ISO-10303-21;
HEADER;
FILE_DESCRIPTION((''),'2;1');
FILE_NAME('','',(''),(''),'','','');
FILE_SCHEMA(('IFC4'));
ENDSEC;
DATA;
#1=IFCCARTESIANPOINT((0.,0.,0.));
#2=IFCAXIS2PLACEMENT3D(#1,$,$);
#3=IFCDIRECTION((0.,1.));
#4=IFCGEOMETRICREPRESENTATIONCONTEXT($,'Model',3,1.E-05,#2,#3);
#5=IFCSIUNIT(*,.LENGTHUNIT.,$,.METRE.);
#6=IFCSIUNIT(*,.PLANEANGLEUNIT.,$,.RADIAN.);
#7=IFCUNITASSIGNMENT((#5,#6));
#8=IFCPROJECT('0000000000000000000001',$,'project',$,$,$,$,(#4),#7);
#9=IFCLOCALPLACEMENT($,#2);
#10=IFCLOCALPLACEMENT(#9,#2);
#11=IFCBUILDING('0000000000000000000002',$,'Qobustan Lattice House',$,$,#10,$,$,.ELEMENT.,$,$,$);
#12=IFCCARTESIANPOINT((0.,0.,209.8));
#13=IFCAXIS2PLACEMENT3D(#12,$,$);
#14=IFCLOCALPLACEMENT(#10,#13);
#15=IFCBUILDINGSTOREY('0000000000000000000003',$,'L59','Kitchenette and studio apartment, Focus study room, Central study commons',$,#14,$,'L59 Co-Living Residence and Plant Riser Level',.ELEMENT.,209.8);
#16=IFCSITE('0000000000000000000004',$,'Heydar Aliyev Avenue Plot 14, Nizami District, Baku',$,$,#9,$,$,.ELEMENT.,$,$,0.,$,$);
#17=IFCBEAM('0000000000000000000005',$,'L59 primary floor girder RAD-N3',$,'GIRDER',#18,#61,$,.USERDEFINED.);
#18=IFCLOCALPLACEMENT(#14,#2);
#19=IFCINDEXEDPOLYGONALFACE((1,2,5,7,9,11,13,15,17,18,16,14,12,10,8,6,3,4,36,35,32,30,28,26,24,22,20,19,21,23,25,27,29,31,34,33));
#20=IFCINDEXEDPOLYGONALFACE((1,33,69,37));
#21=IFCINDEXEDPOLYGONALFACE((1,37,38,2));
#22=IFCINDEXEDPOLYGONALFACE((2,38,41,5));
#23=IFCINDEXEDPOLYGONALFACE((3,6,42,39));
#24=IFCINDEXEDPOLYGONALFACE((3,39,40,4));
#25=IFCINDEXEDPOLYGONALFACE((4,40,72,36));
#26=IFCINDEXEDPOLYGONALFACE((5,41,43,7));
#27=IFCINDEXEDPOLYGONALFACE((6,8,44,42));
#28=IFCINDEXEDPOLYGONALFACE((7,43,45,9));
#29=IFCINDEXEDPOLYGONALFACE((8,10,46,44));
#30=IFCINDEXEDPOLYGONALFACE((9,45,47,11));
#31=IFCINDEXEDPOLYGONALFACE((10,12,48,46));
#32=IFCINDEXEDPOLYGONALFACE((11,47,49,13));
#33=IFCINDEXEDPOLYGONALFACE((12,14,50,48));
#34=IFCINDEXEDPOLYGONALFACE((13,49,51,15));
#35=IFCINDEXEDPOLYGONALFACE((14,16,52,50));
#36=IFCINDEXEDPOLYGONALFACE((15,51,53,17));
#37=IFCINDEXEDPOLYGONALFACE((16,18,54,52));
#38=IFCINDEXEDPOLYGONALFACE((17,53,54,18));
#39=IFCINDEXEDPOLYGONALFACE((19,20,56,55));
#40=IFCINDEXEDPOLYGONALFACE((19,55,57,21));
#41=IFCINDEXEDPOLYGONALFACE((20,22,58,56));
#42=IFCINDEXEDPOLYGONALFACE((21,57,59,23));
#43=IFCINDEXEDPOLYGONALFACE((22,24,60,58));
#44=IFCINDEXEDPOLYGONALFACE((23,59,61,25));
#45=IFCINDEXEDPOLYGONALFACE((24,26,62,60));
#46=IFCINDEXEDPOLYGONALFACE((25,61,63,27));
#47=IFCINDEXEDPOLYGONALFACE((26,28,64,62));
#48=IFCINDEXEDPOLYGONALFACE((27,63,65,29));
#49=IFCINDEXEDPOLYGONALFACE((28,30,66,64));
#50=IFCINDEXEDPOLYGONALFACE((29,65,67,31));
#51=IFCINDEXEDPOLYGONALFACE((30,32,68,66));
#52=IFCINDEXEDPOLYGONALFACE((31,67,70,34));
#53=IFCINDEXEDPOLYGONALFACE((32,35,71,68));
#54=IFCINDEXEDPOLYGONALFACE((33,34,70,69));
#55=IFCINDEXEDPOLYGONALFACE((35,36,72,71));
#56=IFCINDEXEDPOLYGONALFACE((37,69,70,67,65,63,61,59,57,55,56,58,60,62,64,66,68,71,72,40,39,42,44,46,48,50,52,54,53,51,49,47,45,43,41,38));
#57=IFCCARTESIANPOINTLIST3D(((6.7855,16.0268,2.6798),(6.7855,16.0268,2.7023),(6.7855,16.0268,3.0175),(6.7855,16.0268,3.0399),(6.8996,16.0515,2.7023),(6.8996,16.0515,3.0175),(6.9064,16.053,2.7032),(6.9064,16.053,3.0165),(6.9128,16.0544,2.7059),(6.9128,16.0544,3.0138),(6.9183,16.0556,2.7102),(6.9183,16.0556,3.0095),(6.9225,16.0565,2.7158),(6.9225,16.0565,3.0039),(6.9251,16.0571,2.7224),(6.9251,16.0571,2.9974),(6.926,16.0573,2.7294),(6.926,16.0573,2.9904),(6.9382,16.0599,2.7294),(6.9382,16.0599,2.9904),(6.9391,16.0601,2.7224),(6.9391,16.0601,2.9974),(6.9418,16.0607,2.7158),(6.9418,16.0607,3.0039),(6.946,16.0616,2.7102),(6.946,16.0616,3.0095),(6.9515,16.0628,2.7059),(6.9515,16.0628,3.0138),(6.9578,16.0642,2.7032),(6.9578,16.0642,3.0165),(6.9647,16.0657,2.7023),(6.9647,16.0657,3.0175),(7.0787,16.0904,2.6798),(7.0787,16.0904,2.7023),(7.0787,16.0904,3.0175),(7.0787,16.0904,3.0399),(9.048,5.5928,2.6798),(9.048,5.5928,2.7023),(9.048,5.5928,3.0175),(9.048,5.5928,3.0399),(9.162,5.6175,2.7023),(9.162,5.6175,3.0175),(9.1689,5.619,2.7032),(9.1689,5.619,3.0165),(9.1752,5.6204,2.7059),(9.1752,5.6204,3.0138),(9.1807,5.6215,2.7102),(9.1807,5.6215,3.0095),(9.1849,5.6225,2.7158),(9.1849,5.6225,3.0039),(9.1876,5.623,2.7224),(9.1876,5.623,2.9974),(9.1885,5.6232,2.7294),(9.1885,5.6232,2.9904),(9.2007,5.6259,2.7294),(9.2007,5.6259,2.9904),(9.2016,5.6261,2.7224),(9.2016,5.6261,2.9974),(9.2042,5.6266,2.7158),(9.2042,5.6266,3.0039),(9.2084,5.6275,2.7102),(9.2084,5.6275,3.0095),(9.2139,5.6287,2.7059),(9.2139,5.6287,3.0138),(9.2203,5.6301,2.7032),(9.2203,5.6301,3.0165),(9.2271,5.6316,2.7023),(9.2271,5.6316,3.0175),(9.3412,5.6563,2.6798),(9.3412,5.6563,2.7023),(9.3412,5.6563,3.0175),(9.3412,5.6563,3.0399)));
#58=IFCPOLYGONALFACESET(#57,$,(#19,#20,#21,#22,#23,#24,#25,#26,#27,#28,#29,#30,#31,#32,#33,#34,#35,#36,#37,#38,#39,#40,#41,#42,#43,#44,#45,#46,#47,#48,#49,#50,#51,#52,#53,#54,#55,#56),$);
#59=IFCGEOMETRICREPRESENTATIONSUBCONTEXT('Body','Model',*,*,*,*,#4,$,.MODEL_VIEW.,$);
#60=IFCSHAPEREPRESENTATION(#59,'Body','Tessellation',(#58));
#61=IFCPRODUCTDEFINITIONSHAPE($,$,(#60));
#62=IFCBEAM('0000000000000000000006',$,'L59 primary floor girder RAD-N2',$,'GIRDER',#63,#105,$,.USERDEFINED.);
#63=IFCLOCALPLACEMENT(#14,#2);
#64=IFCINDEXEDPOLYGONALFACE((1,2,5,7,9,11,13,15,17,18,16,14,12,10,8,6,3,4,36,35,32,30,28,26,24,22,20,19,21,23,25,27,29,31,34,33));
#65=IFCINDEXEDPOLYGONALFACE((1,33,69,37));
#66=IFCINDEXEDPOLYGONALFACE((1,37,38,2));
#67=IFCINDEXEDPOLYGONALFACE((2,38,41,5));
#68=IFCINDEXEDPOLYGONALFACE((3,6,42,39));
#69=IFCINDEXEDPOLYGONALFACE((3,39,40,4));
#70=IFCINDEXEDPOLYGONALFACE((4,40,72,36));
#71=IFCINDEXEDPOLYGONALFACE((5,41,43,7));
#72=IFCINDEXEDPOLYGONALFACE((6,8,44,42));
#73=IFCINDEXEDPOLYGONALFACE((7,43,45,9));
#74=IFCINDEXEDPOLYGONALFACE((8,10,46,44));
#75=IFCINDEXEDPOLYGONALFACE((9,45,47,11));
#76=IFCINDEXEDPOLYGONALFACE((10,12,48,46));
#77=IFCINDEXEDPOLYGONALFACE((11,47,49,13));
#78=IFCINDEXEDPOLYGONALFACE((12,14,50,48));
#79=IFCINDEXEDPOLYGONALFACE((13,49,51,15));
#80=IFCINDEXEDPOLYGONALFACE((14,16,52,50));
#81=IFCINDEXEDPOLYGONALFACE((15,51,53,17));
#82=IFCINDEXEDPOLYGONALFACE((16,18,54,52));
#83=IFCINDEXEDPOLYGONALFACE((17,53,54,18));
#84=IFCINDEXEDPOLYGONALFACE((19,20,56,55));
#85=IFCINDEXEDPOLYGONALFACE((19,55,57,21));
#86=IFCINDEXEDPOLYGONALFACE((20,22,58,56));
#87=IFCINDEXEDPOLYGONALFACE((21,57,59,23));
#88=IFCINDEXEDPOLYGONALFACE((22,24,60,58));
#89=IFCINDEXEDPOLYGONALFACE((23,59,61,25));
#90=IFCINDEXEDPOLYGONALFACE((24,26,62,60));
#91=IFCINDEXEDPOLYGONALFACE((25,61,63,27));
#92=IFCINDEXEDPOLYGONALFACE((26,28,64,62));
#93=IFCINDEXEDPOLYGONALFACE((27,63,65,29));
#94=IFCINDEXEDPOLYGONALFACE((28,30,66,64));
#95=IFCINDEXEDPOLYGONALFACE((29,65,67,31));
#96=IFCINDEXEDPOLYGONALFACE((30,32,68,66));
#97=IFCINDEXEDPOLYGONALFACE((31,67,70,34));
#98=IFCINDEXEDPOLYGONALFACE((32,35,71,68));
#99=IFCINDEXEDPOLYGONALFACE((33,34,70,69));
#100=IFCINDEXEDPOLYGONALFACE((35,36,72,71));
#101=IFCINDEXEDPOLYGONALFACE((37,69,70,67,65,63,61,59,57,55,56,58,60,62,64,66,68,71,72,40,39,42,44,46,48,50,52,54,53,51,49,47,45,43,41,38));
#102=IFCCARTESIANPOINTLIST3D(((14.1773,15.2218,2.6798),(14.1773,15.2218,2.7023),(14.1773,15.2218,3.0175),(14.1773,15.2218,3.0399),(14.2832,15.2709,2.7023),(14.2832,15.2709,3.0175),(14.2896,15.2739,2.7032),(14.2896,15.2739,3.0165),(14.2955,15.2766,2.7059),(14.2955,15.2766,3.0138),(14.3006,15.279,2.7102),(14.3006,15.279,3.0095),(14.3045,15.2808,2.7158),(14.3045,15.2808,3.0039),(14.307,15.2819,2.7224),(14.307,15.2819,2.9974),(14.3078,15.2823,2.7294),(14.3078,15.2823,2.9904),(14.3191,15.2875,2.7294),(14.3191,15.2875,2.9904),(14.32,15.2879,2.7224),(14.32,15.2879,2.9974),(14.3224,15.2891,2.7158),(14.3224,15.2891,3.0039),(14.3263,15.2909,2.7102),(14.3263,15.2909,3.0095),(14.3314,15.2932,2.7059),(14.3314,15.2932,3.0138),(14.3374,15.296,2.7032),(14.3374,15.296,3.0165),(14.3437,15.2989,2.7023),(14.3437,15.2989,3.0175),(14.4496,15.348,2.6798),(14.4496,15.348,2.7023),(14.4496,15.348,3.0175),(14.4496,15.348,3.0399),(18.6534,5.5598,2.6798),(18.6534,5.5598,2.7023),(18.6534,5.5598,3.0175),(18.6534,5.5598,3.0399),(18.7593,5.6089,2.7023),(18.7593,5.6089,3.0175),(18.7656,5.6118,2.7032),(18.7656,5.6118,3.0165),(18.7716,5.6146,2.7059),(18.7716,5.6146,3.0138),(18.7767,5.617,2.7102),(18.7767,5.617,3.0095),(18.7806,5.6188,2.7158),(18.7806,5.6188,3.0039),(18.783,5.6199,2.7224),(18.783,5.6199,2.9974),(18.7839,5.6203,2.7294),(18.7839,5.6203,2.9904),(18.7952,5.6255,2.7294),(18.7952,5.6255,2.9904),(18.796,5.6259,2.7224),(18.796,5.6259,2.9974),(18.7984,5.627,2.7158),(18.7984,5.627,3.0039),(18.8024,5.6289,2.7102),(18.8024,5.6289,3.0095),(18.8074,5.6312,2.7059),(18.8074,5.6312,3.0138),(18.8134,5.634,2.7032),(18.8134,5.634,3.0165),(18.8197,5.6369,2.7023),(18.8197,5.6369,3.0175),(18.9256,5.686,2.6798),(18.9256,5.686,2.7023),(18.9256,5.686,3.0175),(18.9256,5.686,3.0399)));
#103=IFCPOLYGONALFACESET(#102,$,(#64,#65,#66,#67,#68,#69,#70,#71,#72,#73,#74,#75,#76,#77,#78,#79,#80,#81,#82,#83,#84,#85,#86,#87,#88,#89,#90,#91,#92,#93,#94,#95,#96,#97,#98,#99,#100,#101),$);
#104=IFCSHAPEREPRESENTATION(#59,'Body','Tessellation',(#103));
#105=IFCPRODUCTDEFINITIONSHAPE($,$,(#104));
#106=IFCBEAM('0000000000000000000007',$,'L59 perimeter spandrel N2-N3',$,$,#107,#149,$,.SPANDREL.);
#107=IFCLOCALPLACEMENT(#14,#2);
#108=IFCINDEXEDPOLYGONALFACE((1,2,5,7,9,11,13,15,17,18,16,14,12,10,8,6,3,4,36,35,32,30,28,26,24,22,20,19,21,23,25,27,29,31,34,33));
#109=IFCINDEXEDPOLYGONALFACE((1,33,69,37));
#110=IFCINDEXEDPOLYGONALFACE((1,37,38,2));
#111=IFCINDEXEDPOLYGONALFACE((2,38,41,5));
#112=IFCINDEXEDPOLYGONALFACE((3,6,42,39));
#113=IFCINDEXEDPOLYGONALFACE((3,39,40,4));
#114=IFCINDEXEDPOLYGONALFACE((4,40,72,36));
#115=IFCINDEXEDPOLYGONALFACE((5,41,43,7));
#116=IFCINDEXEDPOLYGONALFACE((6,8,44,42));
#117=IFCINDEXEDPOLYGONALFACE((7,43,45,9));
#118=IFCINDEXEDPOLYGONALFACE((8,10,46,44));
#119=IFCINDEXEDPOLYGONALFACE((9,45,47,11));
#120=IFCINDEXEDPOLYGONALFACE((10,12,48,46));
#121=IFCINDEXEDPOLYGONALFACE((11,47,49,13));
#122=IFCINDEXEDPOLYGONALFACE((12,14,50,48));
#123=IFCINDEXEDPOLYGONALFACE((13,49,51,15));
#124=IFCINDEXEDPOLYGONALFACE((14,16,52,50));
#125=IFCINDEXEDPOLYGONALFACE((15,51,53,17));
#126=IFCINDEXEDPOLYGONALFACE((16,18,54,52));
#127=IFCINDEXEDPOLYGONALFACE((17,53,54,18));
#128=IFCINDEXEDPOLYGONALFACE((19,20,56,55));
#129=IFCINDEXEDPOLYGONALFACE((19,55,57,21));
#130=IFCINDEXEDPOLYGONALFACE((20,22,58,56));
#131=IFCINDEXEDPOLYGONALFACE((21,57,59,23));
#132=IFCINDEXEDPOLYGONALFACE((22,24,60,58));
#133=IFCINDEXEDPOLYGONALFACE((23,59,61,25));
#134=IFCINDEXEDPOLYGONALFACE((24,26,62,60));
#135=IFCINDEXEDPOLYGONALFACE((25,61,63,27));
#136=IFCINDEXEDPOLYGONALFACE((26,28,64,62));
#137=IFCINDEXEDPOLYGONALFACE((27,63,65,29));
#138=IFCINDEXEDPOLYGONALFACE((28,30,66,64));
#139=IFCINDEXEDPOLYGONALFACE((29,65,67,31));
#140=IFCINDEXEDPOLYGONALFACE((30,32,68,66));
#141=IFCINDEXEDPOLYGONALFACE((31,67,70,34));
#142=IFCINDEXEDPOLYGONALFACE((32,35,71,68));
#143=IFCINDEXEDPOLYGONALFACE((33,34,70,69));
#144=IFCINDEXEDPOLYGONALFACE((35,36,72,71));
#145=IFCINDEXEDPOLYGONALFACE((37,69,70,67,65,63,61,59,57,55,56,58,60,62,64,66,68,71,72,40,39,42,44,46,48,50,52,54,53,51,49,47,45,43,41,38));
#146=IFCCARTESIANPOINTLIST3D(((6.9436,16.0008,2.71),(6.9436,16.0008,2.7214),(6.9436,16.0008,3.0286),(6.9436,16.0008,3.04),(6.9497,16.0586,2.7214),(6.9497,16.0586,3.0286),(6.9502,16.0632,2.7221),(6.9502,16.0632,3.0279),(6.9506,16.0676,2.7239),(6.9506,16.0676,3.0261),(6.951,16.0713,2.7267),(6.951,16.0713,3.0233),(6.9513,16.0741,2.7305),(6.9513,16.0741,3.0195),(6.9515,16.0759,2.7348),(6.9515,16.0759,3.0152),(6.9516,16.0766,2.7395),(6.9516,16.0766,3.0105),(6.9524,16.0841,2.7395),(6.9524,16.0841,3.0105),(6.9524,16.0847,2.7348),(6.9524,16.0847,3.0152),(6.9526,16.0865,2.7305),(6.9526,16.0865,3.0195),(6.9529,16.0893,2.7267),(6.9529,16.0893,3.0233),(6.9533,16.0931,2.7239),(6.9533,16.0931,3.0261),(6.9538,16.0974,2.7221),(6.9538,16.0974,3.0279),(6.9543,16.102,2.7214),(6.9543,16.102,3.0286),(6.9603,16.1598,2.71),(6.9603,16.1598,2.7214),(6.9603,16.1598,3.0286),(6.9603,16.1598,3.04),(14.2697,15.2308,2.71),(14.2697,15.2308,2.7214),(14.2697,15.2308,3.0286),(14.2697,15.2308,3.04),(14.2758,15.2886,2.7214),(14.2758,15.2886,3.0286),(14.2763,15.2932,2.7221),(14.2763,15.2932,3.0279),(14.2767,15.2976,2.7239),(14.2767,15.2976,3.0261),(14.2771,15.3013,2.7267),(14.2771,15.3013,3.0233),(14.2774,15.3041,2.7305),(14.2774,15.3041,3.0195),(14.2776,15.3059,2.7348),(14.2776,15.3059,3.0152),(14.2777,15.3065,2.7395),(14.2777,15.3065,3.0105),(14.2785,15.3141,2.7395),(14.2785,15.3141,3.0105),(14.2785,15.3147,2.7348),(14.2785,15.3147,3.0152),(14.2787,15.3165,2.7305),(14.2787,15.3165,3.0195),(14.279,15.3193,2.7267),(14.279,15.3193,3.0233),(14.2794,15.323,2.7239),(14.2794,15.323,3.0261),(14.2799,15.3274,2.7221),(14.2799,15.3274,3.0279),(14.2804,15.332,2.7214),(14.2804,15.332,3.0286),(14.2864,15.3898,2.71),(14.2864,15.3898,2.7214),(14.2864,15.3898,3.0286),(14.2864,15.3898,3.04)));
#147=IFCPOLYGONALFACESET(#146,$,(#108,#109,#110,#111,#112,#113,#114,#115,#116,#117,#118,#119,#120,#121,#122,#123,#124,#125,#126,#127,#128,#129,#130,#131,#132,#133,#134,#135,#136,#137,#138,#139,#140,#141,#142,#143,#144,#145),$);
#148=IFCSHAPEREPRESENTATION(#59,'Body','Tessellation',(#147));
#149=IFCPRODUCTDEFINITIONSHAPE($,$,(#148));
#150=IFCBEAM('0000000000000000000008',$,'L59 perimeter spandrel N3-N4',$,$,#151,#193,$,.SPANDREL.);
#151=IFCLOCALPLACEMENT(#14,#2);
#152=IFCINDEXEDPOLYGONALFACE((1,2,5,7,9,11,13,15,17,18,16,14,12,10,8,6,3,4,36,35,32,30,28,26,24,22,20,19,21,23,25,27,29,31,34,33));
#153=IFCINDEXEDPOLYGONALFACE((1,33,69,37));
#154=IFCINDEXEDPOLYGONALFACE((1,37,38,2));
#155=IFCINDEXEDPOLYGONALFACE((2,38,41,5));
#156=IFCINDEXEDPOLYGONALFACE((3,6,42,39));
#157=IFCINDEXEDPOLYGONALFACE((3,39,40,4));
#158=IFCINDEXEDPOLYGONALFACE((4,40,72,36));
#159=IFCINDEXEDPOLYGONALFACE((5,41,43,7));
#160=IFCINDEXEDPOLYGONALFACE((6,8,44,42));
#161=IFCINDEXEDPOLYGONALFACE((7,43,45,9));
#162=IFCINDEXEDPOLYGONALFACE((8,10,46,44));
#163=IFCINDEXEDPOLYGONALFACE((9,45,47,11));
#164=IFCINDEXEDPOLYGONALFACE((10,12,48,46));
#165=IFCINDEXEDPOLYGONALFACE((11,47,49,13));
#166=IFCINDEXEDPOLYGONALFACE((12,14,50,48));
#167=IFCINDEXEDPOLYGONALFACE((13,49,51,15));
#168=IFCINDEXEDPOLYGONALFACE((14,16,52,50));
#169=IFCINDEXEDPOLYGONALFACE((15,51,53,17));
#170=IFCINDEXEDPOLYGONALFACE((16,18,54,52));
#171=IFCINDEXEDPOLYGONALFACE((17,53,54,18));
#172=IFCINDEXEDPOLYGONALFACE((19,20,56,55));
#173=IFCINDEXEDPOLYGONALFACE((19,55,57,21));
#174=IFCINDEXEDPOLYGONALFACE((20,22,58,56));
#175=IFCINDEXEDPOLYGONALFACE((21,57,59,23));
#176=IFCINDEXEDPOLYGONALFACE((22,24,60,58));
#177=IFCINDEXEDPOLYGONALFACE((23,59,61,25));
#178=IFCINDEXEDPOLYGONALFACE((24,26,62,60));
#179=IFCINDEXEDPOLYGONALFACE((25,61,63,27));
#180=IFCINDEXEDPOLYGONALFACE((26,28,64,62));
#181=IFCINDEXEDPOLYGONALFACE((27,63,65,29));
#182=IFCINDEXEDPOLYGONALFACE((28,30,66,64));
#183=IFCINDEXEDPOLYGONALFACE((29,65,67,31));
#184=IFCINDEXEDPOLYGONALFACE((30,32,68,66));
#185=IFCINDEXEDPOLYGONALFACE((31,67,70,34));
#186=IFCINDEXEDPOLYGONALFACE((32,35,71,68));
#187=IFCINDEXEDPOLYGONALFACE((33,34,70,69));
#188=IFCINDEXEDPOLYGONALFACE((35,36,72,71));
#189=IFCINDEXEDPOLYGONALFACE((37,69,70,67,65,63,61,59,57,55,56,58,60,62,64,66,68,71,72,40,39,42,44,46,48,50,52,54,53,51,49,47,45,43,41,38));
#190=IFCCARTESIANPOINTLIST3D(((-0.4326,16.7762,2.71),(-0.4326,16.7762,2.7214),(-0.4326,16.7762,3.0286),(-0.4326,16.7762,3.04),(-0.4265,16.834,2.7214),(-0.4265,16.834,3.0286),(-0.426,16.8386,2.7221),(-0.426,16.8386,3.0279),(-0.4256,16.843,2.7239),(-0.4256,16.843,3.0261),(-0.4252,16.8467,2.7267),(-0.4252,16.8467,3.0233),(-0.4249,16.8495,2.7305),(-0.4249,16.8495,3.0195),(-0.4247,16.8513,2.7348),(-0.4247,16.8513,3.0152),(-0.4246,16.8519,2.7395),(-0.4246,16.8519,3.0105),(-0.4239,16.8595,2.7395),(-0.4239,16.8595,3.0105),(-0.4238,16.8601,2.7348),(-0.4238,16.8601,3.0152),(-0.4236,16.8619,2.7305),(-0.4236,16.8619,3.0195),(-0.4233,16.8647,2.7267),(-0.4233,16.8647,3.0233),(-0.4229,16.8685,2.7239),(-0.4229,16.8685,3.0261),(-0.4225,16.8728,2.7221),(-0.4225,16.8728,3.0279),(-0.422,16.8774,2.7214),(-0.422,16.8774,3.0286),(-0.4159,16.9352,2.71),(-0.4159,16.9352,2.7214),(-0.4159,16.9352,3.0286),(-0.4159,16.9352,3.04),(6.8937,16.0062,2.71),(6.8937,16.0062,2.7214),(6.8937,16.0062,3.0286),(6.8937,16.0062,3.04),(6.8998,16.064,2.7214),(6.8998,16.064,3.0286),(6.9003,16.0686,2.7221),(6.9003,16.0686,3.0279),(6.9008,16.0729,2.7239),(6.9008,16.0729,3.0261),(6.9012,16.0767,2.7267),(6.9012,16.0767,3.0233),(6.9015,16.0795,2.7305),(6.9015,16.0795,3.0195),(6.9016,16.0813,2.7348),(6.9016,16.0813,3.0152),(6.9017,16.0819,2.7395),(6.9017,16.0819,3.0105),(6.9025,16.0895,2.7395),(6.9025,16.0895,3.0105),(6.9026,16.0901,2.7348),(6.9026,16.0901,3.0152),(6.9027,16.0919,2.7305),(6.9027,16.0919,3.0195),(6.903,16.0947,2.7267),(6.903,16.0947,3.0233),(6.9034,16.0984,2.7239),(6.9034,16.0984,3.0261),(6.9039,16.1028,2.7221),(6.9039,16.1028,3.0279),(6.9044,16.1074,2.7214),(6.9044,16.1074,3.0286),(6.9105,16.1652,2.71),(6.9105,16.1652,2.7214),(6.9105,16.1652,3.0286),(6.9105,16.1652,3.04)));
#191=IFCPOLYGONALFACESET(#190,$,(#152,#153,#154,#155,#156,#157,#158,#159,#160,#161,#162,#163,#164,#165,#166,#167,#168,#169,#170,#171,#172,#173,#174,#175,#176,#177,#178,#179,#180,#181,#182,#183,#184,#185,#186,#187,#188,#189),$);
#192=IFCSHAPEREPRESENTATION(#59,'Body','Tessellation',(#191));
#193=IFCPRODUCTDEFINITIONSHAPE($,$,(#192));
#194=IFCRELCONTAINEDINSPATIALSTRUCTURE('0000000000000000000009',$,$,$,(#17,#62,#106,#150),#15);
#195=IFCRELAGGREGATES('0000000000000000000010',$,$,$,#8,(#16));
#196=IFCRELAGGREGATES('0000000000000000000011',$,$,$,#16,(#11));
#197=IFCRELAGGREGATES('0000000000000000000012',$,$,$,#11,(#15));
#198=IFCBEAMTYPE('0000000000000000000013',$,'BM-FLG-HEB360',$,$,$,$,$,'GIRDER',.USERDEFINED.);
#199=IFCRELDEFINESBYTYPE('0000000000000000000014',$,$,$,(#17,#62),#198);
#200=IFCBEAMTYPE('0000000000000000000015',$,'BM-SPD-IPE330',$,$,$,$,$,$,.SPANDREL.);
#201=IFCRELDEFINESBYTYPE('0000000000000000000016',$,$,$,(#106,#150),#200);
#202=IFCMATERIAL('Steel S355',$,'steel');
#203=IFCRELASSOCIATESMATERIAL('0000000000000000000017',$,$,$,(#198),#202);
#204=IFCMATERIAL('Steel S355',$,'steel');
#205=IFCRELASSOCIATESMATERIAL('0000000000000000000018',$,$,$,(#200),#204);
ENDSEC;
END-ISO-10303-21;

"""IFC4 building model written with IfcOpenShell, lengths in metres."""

from ifc_helpers import new_model, si_unit, direction, frame, origin, origin_2d, place, context, subcontext, project, spatial, i_section, extrude, material, material_profile, profile_set, type_object, element, save


model = new_model("IFC4")

# Units and contexts
model_context = context("Model", 3, precision=1e-05, world=origin(), true_north=direction((0.0, 1.0)))
body_context = subcontext(model_context, "Body", "Model", "MODEL_VIEW")
ifc_project = project(units=[si_unit("LENGTHUNIT", "METRE"), si_unit("PLANEANGLEUNIT", "RADIAN")], contexts=[model_context])

# Site, building, storey
site_placement = place(None, origin())
site = spatial("IfcSite", under=ifc_project, at=site_placement, Name="Heydar Aliyev Avenue Plot 14, Nizami District, Baku", CompositionType="ELEMENT", RefElevation=0.0)
building_placement = place(site_placement, origin())
building = spatial("IfcBuilding", under=site, at=building_placement, Name="Qobustan Lattice House", CompositionType="ELEMENT")
storey_placement = place(building_placement, frame((0.0, 0.0, 209.8)))
storey = spatial("IfcBuildingStorey", under=building, at=storey_placement, Name="L59", Description="Kitchenette and studio apartment, Focus study room, Central study commons", LongName="L59 Co-Living Residence and Plant Riser Level", CompositionType="ELEMENT", Elevation=209.8)

# Beams
ifc_material_1 = material(Name="Steel S355", Category="steel")
ifc_material_profile_1 = material_profile(ifc_material_1, i_section(OverallWidth=0.3, OverallDepth=0.3601, WebThickness=0.0125, FlangeThickness=0.0225, FilletRadius=0.0271, at=origin_2d()), Name="HEB360")
ifc_profile_set_1 = profile_set([ifc_material_profile_1], Name="Steel S355")
beam_type_1 = type_object("IfcBeamType", Name="BM-FLG-HEB360", ElementType="GIRDER", PredefinedType="USERDEFINED", material=ifc_profile_set_1)
beam_1_placement = place(storey_placement, frame((6.9321, 16.0586, 2.8599), z_axis=(0.211908, -0.97729, 0.0), x_axis=(0.97729, 0.211908, 0.0)))
element("IfcBeam", 1, at=beam_1_placement, inside=storey, type_object=beam_type_1, Name="L59 primary floor girder RAD-N3", ObjectType="GIRDER", PredefinedType="USERDEFINED", context=body_context, shape_type="SweptSolid", body=[
    extrude(i_section(OverallWidth=0.3, OverallDepth=0.3601, WebThickness=0.0125, FlangeThickness=0.0225, FilletRadius=0.0271, at=origin_2d()), origin(), (0.0, 0.0, 1.0), 10.6765),
])
beam_2_placement = place(storey_placement, frame((14.3135, 15.2849, 2.8599), z_axis=(0.420346, -0.907364, 0.0), x_axis=(0.907364, 0.420346, 0.0)))
element("IfcBeam", 2, at=beam_2_placement, inside=storey, type_object=beam_type_1, Name="L59 primary floor girder RAD-N2", ObjectType="GIRDER", PredefinedType="USERDEFINED", context=body_context, shape_type="SweptSolid", body=[
    extrude(i_section(OverallWidth=0.3, OverallDepth=0.3601, WebThickness=0.0125, FlangeThickness=0.0225, FilletRadius=0.0271, at=origin_2d()), origin(), (0.0, 0.0, 1.0), 10.6484),
])
ifc_material_2 = material(Name="Steel S355", Category="steel")
ifc_material_profile_2 = material_profile(ifc_material_2, i_section(OverallWidth=0.1599, OverallDepth=0.3301, WebThickness=0.0076, FlangeThickness=0.0115, FilletRadius=0.0181, at=origin_2d()), Name="IPE330")
ifc_profile_set_2 = profile_set([ifc_material_profile_2], Name="Steel S355")
beam_type_2 = type_object("IfcBeamType", Name="BM-SPD-IPE330", PredefinedType="SPANDREL", material=ifc_profile_set_2)
beam_3_placement = place(storey_placement, frame((14.2781, 15.3103, 2.875), z_axis=(-0.994522, 0.10453, 0.0), x_axis=(-0.10453, -0.994522, 0.0)))
element("IfcBeam", 3, at=beam_3_placement, inside=storey, type_object=beam_type_2, Name="L59 perimeter spandrel N2-N3", PredefinedType="SPANDREL", context=body_context, shape_type="SweptSolid", body=[
    extrude(i_section(OverallWidth=0.1599, OverallDepth=0.3301, WebThickness=0.0076, FlangeThickness=0.0115, FilletRadius=0.0181, at=origin_2d()), origin(), (0.0, 0.0, 1.0), 7.3665),
])
beam_4_placement = place(storey_placement, frame((6.9021, 16.0857, 2.875), z_axis=(-0.994522, 0.104526, 0.0), x_axis=(-0.104526, -0.994522, 0.0)))
element("IfcBeam", 4, at=beam_4_placement, inside=storey, type_object=beam_type_2, Name="L59 perimeter spandrel N3-N4", PredefinedType="SPANDREL", context=body_context, shape_type="SweptSolid", body=[
    extrude(i_section(OverallWidth=0.1599, OverallDepth=0.3301, WebThickness=0.0076, FlangeThickness=0.0115, FilletRadius=0.0181, at=origin_2d()), origin(), (0.0, 0.0, 1.0), 7.3667),
])

save(model, "model.ifc")
